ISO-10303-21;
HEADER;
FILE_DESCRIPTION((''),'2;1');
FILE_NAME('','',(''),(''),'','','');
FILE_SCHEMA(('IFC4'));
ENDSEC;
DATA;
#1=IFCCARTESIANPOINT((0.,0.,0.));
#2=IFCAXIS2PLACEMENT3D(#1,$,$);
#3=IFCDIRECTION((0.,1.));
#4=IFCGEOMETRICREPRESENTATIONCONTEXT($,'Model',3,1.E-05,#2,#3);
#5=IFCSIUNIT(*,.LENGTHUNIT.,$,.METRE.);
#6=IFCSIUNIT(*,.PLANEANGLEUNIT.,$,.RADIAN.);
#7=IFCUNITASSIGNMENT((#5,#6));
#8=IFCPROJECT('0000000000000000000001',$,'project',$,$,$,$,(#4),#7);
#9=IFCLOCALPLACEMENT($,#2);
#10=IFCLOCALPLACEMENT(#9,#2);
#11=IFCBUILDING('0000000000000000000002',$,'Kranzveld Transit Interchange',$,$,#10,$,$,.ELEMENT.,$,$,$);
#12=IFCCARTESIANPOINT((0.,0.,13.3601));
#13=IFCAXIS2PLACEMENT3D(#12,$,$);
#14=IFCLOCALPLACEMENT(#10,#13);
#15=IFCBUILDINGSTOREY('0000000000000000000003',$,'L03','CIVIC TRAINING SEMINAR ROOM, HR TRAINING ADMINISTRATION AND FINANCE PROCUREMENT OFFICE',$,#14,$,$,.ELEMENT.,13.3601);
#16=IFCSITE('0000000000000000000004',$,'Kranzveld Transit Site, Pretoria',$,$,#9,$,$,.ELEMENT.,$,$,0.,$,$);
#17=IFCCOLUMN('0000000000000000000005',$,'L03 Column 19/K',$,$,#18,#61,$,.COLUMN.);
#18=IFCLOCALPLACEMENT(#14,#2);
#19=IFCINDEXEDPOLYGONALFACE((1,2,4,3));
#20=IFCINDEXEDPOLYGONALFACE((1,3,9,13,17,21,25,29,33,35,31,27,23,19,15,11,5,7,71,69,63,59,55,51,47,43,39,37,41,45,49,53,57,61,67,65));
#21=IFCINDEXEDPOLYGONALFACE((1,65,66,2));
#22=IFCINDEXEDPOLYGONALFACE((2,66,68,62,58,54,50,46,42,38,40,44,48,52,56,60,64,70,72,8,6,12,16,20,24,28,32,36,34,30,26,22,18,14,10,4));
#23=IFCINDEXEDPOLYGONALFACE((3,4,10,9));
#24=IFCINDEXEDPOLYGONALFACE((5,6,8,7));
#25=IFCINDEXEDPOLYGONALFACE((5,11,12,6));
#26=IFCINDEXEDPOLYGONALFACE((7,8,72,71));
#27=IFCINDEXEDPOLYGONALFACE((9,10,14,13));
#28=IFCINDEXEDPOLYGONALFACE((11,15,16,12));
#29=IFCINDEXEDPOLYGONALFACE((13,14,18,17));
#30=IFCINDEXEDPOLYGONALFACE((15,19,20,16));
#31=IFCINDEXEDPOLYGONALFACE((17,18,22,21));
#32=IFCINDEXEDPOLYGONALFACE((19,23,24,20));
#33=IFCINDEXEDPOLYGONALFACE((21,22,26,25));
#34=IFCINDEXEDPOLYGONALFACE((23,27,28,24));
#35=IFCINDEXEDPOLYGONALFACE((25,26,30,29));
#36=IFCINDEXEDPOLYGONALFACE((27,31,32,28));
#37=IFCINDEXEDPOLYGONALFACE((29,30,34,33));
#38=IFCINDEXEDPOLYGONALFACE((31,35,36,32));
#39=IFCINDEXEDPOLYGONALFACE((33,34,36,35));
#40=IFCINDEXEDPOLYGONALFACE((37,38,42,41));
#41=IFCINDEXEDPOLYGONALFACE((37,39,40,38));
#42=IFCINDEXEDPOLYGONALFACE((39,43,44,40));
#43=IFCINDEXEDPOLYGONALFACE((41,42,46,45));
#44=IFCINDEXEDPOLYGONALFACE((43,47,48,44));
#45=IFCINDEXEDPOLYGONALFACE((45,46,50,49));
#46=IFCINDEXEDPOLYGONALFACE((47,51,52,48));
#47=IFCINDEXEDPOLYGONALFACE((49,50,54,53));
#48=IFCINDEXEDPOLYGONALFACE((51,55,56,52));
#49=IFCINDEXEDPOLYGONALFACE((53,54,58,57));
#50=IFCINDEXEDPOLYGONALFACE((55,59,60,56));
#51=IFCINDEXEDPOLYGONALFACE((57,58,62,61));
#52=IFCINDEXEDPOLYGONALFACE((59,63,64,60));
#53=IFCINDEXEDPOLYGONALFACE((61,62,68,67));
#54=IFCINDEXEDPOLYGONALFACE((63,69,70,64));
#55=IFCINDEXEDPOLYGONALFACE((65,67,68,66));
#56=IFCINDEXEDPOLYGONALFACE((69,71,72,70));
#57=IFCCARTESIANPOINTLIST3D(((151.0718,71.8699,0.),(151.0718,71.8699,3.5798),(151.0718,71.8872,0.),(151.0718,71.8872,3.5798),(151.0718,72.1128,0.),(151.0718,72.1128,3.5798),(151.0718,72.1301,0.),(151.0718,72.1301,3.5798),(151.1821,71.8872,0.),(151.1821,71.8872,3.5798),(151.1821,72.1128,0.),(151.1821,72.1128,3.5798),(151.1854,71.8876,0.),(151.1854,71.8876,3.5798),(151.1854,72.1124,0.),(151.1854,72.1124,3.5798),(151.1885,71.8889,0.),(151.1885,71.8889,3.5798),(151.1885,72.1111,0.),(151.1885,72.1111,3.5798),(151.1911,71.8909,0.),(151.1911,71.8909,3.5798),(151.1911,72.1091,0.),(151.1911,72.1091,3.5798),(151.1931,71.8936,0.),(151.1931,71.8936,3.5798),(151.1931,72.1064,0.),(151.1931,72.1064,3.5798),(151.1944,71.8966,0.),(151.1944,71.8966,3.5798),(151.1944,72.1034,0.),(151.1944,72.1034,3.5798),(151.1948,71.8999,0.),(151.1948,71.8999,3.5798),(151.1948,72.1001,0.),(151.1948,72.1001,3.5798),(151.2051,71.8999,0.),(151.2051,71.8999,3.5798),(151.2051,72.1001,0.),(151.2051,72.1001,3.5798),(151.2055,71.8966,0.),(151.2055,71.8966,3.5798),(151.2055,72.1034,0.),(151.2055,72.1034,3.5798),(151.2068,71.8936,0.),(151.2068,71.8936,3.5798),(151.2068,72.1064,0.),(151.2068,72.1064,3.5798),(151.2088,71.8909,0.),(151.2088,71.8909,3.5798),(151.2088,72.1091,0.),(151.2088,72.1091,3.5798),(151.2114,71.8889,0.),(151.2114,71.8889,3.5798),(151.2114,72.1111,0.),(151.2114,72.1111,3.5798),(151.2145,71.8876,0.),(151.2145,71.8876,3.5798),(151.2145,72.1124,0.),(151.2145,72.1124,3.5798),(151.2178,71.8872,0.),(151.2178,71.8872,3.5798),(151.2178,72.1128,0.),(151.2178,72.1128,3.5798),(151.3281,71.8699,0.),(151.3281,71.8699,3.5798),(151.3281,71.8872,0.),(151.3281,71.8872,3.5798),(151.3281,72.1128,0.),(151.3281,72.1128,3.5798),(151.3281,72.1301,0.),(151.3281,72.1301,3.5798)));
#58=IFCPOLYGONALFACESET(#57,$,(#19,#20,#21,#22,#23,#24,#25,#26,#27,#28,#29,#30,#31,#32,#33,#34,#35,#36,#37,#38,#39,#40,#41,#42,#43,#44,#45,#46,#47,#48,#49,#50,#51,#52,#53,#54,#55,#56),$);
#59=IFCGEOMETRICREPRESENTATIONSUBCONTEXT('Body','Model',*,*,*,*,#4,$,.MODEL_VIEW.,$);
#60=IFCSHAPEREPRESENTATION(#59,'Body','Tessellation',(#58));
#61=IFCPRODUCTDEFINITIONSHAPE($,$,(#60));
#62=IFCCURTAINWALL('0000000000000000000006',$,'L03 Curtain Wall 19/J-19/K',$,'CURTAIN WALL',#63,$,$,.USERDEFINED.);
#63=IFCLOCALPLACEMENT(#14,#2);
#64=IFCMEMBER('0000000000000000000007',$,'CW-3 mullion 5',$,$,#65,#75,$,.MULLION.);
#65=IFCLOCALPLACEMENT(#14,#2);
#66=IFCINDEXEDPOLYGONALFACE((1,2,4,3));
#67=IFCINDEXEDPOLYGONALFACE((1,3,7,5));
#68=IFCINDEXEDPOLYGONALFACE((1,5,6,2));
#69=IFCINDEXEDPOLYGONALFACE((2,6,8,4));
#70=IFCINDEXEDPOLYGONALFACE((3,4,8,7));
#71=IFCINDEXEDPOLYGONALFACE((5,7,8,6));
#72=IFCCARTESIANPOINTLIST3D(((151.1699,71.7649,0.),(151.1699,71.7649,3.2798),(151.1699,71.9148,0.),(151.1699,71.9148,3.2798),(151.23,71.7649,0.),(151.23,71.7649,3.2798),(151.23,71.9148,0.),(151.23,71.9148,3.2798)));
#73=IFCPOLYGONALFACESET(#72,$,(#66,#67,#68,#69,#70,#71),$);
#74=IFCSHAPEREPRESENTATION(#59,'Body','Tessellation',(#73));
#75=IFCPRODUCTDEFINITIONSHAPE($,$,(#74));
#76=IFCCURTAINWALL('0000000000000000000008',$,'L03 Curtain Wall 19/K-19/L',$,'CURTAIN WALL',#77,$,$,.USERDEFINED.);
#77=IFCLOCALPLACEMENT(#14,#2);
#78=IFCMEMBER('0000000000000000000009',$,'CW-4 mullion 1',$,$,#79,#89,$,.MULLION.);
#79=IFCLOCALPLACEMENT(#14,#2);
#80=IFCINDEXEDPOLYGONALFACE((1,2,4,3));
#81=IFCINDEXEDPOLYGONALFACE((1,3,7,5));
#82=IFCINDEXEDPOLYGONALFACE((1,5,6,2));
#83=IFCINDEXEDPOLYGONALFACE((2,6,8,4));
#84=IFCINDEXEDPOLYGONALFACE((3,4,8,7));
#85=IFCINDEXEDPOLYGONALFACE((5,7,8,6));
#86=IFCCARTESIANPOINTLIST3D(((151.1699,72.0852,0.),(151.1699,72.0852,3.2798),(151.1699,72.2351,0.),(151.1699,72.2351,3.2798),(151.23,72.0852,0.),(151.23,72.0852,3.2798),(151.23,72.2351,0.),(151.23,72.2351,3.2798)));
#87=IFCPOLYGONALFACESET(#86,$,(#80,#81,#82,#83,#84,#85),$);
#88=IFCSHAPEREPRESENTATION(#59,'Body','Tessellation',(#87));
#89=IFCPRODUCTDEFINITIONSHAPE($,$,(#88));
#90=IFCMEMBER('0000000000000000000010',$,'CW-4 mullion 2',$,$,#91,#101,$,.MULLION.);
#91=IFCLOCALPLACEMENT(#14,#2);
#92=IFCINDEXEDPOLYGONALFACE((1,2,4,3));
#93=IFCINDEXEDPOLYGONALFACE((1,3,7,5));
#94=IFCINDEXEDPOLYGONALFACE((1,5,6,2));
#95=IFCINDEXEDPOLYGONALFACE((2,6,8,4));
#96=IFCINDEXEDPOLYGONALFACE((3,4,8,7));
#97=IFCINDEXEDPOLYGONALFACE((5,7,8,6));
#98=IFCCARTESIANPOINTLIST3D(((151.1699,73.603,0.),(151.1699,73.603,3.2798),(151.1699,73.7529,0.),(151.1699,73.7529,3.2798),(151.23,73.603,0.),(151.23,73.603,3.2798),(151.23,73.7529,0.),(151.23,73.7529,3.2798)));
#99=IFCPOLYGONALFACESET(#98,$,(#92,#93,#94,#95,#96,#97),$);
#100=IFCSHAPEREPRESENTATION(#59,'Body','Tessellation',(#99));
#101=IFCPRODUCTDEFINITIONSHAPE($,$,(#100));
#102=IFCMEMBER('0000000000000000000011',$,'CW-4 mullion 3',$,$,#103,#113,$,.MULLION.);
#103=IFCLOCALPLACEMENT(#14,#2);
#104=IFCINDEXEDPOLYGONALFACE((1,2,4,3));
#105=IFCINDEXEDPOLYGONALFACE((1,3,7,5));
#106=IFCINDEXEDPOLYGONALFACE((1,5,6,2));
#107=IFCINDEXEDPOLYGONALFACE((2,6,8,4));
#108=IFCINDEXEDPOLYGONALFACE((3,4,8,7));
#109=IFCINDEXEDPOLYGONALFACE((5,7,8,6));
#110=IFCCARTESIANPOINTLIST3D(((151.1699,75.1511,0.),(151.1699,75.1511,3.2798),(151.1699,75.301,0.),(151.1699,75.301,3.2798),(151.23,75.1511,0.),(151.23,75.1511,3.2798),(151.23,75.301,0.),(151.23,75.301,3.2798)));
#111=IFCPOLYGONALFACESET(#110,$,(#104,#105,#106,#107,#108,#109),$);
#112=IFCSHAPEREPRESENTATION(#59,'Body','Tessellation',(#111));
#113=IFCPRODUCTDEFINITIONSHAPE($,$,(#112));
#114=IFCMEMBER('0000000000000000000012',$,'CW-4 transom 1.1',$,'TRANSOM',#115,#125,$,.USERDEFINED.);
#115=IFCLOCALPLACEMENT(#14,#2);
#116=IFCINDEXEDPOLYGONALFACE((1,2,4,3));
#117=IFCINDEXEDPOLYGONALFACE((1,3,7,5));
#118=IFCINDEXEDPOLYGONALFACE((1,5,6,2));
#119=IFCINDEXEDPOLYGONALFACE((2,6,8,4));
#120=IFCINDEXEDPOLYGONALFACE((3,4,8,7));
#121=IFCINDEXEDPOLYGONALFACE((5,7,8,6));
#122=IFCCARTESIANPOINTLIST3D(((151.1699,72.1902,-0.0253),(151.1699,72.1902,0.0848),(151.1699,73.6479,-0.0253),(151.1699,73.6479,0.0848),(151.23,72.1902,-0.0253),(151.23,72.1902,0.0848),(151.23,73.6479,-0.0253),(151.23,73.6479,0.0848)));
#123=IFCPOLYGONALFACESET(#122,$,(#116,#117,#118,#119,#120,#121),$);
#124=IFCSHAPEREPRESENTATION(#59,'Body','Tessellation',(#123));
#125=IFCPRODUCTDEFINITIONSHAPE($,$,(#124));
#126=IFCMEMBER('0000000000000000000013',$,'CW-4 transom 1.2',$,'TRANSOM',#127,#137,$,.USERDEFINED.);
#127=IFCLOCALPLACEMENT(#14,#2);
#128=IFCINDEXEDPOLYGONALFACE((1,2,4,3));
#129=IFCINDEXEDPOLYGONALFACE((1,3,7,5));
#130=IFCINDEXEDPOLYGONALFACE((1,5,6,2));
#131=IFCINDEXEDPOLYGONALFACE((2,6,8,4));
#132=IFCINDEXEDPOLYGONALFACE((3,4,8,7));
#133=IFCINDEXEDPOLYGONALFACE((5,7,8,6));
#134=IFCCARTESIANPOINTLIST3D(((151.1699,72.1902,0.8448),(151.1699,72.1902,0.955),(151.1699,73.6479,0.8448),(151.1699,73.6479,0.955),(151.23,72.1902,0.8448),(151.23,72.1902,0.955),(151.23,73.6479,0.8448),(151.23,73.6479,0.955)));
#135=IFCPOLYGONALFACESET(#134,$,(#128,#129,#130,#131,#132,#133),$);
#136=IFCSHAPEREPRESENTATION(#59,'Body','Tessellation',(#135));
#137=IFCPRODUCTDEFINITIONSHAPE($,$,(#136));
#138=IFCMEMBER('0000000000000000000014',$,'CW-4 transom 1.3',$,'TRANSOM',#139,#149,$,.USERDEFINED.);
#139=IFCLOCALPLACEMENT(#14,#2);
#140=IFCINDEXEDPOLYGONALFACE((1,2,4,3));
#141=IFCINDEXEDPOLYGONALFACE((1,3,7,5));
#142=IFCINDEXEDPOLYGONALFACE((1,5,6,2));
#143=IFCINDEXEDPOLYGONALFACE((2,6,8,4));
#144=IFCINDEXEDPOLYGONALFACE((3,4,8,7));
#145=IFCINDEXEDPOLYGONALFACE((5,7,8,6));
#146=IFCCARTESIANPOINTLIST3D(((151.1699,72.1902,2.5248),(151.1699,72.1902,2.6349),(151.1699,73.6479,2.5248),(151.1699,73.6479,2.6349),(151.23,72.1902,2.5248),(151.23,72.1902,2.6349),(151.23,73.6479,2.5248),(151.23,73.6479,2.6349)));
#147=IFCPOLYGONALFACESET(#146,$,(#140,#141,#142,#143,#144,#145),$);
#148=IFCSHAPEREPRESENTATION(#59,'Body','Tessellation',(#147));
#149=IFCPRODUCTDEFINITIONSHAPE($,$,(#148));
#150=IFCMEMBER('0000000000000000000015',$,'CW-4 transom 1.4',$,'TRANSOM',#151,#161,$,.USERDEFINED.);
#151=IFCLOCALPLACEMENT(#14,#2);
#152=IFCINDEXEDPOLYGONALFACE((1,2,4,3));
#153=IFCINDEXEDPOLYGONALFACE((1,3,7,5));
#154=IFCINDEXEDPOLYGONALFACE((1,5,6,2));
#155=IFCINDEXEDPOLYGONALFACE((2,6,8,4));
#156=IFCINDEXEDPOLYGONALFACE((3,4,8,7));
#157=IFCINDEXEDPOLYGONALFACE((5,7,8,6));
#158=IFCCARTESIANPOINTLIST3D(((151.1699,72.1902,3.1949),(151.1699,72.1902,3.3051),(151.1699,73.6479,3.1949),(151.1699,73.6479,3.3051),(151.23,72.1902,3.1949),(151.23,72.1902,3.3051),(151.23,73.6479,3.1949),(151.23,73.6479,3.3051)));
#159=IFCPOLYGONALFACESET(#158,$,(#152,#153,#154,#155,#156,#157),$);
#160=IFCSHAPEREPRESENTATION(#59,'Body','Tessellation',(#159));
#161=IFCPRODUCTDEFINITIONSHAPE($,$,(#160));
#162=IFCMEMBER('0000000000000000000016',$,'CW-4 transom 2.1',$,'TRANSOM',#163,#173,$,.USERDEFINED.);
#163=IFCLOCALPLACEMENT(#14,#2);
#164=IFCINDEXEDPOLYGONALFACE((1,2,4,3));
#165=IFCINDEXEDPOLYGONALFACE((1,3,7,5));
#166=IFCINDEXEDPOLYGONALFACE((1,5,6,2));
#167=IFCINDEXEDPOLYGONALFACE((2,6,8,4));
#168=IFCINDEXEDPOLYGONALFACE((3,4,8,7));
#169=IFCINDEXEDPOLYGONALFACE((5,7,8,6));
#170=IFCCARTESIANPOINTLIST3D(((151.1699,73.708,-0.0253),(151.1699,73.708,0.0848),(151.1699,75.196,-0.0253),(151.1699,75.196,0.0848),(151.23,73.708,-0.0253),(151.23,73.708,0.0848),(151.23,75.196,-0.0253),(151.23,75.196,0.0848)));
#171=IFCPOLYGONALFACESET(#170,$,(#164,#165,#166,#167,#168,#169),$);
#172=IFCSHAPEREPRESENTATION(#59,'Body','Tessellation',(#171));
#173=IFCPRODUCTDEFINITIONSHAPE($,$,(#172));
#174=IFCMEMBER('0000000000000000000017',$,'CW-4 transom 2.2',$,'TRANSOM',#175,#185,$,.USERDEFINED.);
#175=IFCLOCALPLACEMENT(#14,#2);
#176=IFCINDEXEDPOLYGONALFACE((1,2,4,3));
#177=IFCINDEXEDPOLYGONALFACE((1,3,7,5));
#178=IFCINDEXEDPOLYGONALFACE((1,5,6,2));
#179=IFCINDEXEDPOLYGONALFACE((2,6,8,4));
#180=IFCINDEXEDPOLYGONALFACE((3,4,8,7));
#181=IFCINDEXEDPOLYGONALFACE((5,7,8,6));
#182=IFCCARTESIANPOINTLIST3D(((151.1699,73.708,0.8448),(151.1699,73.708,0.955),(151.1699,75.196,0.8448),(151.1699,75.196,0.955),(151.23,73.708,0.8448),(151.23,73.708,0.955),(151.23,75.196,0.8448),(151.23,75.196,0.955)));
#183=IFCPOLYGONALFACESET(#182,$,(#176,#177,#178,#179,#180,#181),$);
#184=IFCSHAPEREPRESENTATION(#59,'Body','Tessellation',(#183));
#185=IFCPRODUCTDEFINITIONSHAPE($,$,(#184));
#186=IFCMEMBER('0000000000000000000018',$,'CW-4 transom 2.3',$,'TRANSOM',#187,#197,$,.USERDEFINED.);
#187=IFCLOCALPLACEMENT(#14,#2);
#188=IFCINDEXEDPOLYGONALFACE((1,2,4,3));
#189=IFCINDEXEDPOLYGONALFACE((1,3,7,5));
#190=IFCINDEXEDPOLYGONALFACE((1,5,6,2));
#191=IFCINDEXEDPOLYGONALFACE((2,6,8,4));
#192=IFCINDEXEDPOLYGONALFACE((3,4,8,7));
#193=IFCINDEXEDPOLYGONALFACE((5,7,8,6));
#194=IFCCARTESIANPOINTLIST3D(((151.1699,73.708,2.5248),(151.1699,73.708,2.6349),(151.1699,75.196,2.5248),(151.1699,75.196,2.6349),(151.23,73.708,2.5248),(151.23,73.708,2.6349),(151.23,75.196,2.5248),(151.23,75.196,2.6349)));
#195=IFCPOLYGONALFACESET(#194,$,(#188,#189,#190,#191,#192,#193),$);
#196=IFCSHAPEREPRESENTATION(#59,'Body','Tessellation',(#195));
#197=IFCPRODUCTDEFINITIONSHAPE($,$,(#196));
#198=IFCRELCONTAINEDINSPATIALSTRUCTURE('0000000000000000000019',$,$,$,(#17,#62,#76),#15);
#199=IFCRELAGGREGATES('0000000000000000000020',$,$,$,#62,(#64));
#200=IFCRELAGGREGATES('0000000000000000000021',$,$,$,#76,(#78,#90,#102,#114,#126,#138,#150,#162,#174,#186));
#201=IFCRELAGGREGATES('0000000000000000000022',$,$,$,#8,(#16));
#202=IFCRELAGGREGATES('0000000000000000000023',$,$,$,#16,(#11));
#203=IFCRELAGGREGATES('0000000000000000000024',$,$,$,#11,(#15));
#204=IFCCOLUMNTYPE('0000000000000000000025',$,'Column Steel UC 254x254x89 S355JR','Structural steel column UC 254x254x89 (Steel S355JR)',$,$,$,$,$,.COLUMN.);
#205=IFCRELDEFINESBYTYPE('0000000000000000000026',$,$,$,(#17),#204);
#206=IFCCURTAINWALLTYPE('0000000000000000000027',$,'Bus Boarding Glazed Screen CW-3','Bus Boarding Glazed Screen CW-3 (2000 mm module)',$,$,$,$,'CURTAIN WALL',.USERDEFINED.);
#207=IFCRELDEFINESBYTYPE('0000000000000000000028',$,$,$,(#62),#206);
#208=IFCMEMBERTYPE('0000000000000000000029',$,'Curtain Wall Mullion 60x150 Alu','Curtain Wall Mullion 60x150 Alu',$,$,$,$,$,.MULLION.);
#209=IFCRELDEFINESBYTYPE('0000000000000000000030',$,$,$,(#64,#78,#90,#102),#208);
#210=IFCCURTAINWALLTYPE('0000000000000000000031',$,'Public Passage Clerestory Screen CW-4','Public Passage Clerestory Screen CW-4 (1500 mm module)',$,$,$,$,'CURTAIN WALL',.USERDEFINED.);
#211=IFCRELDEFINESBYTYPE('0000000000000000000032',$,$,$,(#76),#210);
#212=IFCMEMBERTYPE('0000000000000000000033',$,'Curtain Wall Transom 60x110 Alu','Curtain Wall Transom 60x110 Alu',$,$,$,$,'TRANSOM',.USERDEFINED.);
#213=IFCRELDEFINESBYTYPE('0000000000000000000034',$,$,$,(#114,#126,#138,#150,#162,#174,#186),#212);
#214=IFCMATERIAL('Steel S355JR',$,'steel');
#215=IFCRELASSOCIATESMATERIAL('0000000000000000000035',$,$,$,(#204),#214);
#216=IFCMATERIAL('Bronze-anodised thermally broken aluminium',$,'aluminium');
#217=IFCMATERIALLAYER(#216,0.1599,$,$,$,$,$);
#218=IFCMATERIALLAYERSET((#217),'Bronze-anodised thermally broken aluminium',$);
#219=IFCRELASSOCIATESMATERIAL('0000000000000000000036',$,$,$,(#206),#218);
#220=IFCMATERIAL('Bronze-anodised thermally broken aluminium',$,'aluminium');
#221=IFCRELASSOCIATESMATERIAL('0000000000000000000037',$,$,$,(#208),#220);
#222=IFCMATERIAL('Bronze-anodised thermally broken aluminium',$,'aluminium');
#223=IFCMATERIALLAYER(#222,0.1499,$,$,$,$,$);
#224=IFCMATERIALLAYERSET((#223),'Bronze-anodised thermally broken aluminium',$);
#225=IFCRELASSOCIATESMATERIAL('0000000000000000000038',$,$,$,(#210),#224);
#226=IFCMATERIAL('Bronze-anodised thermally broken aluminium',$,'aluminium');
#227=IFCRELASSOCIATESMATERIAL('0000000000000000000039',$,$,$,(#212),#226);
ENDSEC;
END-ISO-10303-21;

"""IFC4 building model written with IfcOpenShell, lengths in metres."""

from ifc_helpers import new_model, si_unit, direction, frame, origin, origin_2d, place, context, subcontext, project, spatial, rectangle, i_section, extrude, material, layer, layer_set, material_profile, profile_set, type_object, element, aggregate, save


model = new_model("IFC4")

# Units and contexts
model_context = context("Model", 3, precision=1e-05, world=origin(), true_north=direction((0.0, 1.0)))
body_context = subcontext(model_context, "Body", "Model", "MODEL_VIEW")
ifc_project = project(units=[si_unit("LENGTHUNIT", "METRE"), si_unit("PLANEANGLEUNIT", "RADIAN")], contexts=[model_context])

# Site, building, storey
site_placement = place(None, origin())
site = spatial("IfcSite", under=ifc_project, at=site_placement, Name="Kranzveld Transit Site, Pretoria", CompositionType="ELEMENT", RefElevation=0.0)
building_placement = place(site_placement, origin())
building = spatial("IfcBuilding", under=site, at=building_placement, Name="Kranzveld Transit Interchange", CompositionType="ELEMENT")
storey_placement = place(building_placement, frame((0.0, 0.0, 13.3601)))
storey = spatial("IfcBuildingStorey", under=building, at=storey_placement, Name="L03", Description="CIVIC TRAINING SEMINAR ROOM, HR TRAINING ADMINISTRATION AND FINANCE PROCUREMENT OFFICE", CompositionType="ELEMENT", Elevation=13.3601)

# Column
ifc_material_1 = material(Name="Steel S355JR", Category="steel")
ifc_material_profile_1 = material_profile(ifc_material_1, i_section(OverallWidth=0.2563, OverallDepth=0.2603, WebThickness=0.0103, FlangeThickness=0.0173, FilletRadius=0.0127, at=origin_2d()), Name="UC 254x254x89")
ifc_profile_set_1 = profile_set([ifc_material_profile_1], Name="Steel S355JR")
column_type = type_object("IfcColumnType", Name="Column Steel UC 254x254x89 S355JR", Description="Structural steel column UC 254x254x89 (Steel S355JR)", PredefinedType="COLUMN", material=ifc_profile_set_1)
column_placement = place(storey_placement, frame((151.2, 72.0, 0.0), z_axis=(0.0, 0.0, 1.0), x_axis=(1.0, 0.0, 0.0)))
element("IfcColumn", 1, at=column_placement, inside=storey, type_object=column_type, Name="L03 Column 19/K", PredefinedType="COLUMN", context=body_context, shape_type="SweptSolid", body=[
    extrude(i_section(OverallWidth=0.2563, OverallDepth=0.2603, WebThickness=0.0103, FlangeThickness=0.0173, FilletRadius=0.0127, at=origin_2d()), origin(), (0.0, 0.0, 1.0), 3.5798),
])

# Curtain wall, member
ifc_material_2 = material(Name="Bronze-anodised thermally broken aluminium", Category="aluminium")
ifc_layer_1 = layer(ifc_material_2, 0.1599)
ifc_layer_set_1 = layer_set([ifc_layer_1], Name="Bronze-anodised thermally broken aluminium")
curtain_wall_type_1 = type_object("IfcCurtainWallType", Name="Bus Boarding Glazed Screen CW-3", Description="Bus Boarding Glazed Screen CW-3 (2000 mm module)", ElementType="CURTAIN WALL", PredefinedType="USERDEFINED", material=ifc_layer_set_1)
curtain_wall_1_placement = place(storey_placement, origin())
curtain_wall_1 = element("IfcCurtainWall", 2, at=curtain_wall_1_placement, inside=storey, type_object=curtain_wall_type_1, Name="L03 Curtain Wall 19/J-19/K", ObjectType="CURTAIN WALL", PredefinedType="USERDEFINED")
ifc_material_3 = material(Name="Bronze-anodised thermally broken aluminium", Category="aluminium")
ifc_material_profile_2 = material_profile(ifc_material_3, rectangle(XDim=0.0601, YDim=0.1499, at=origin_2d()), Name="ALU MULLION 60x150")
ifc_profile_set_2 = profile_set([ifc_material_profile_2], Name="Bronze-anodised thermally broken aluminium")
member_type_1 = type_object("IfcMemberType", Name="Curtain Wall Mullion 60x150 Alu", Description="Curtain Wall Mullion 60x150 Alu", PredefinedType="MULLION", material=ifc_profile_set_2)
member_1_placement = place(storey_placement, frame((151.2, 71.8398, 0.0), z_axis=(0.0, 0.0, 1.0), x_axis=(-1.0, 0.0, 0.0)))
member_1 = element("IfcMember", 3, at=member_1_placement, type_object=member_type_1, Name="CW-3 mullion 5", PredefinedType="MULLION", context=body_context, shape_type="SweptSolid", body=[
    extrude(rectangle(XDim=0.0601, YDim=0.1499, at=origin_2d()), origin(), (0.0, 0.0, 1.0), 3.2798),
])

# Curtain wall, members
ifc_material_4 = material(Name="Bronze-anodised thermally broken aluminium", Category="aluminium")
ifc_layer_2 = layer(ifc_material_4, 0.1499)
ifc_layer_set_2 = layer_set([ifc_layer_2], Name="Bronze-anodised thermally broken aluminium")
curtain_wall_type_2 = type_object("IfcCurtainWallType", Name="Public Passage Clerestory Screen CW-4", Description="Public Passage Clerestory Screen CW-4 (1500 mm module)", ElementType="CURTAIN WALL", PredefinedType="USERDEFINED", material=ifc_layer_set_2)
curtain_wall_2_placement = place(storey_placement, origin())
curtain_wall_2 = element("IfcCurtainWall", 4, at=curtain_wall_2_placement, inside=storey, type_object=curtain_wall_type_2, Name="L03 Curtain Wall 19/K-19/L", ObjectType="CURTAIN WALL", PredefinedType="USERDEFINED")
member_2_placement = place(storey_placement, frame((151.2, 72.1602, 0.0), z_axis=(0.0, 0.0, 1.0), x_axis=(-1.0, 0.0, 0.0)))
member_2 = element("IfcMember", 5, at=member_2_placement, type_object=member_type_1, Name="CW-4 mullion 1", PredefinedType="MULLION", context=body_context, shape_type="SweptSolid", body=[
    extrude(rectangle(XDim=0.0601, YDim=0.1499, at=origin_2d()), origin(), (0.0, 0.0, 1.0), 3.2798),
])
member_3_placement = place(storey_placement, frame((151.2, 73.678, 0.0), z_axis=(0.0, 0.0, 1.0), x_axis=(-1.0, 0.0, 0.0)))
member_3 = element("IfcMember", 6, at=member_3_placement, type_object=member_type_1, Name="CW-4 mullion 2", PredefinedType="MULLION", context=body_context, shape_type="SweptSolid", body=[
    extrude(rectangle(XDim=0.0601, YDim=0.1499, at=origin_2d()), origin(), (0.0, 0.0, 1.0), 3.2798),
])
member_4_placement = place(storey_placement, frame((151.2, 75.2261, 0.0), z_axis=(0.0, 0.0, 1.0), x_axis=(-1.0, 0.0, 0.0)))
member_4 = element("IfcMember", 7, at=member_4_placement, type_object=member_type_1, Name="CW-4 mullion 3", PredefinedType="MULLION", context=body_context, shape_type="SweptSolid", body=[
    extrude(rectangle(XDim=0.0601, YDim=0.1499, at=origin_2d()), origin(), (0.0, 0.0, 1.0), 3.2798),
])
ifc_material_5 = material(Name="Bronze-anodised thermally broken aluminium", Category="aluminium")
ifc_material_profile_3 = material_profile(ifc_material_5, rectangle(XDim=0.0601, YDim=0.1101, at=origin_2d()), Name="ALU TRANSOM 60x110")
ifc_profile_set_3 = profile_set([ifc_material_profile_3], Name="Bronze-anodised thermally broken aluminium")
member_type_2 = type_object("IfcMemberType", Name="Curtain Wall Transom 60x110 Alu", Description="Curtain Wall Transom 60x110 Alu", ElementType="TRANSOM", PredefinedType="USERDEFINED", material=ifc_profile_set_3)
member_5_placement = place(storey_placement, frame((151.2, 72.1902, 0.0298), z_axis=(0.0, 1.0, 0.0), x_axis=(-1.0, 0.0, 0.0)))
member_5 = element("IfcMember", 8, at=member_5_placement, type_object=member_type_2, Name="CW-4 transom 1.1", ObjectType="TRANSOM", PredefinedType="USERDEFINED", context=body_context, shape_type="SweptSolid", body=[
    extrude(rectangle(XDim=0.0601, YDim=0.1101, at=origin_2d()), origin(), (0.0, 0.0, 1.0), 1.4578),
])
member_6_placement = place(storey_placement, frame((151.2, 72.1902, 0.8999), z_axis=(0.0, 1.0, 0.0), x_axis=(-1.0, 0.0, 0.0)))
member_6 = element("IfcMember", 9, at=member_6_placement, type_object=member_type_2, Name="CW-4 transom 1.2", ObjectType="TRANSOM", PredefinedType="USERDEFINED", context=body_context, shape_type="SweptSolid", body=[
    extrude(rectangle(XDim=0.0601, YDim=0.1101, at=origin_2d()), origin(), (0.0, 0.0, 1.0), 1.4578),
])
member_7_placement = place(storey_placement, frame((151.2, 72.1902, 2.5798), z_axis=(0.0, 1.0, 0.0), x_axis=(-1.0, 0.0, 0.0)))
member_7 = element("IfcMember", 10, at=member_7_placement, type_object=member_type_2, Name="CW-4 transom 1.3", ObjectType="TRANSOM", PredefinedType="USERDEFINED", context=body_context, shape_type="SweptSolid", body=[
    extrude(rectangle(XDim=0.0601, YDim=0.1101, at=origin_2d()), origin(), (0.0, 0.0, 1.0), 1.4578),
])
member_8_placement = place(storey_placement, frame((151.2, 72.1902, 3.25), z_axis=(0.0, 1.0, 0.0), x_axis=(-1.0, 0.0, 0.0)))
member_8 = element("IfcMember", 11, at=member_8_placement, type_object=member_type_2, Name="CW-4 transom 1.4", ObjectType="TRANSOM", PredefinedType="USERDEFINED", context=body_context, shape_type="SweptSolid", body=[
    extrude(rectangle(XDim=0.0601, YDim=0.1101, at=origin_2d()), origin(), (0.0, 0.0, 1.0), 1.4578),
])
member_9_placement = place(storey_placement, frame((151.2, 73.708, 0.0298), z_axis=(0.0, 1.0, 0.0), x_axis=(-1.0, 0.0, 0.0)))
member_9 = element("IfcMember", 12, at=member_9_placement, type_object=member_type_2, Name="CW-4 transom 2.1", ObjectType="TRANSOM", PredefinedType="USERDEFINED", context=body_context, shape_type="SweptSolid", body=[
    extrude(rectangle(XDim=0.0601, YDim=0.1101, at=origin_2d()), origin(), (0.0, 0.0, 1.0), 1.488),
])
member_10_placement = place(storey_placement, frame((151.2, 73.708, 0.8999), z_axis=(0.0, 1.0, 0.0), x_axis=(-1.0, 0.0, 0.0)))
member_10 = element("IfcMember", 13, at=member_10_placement, type_object=member_type_2, Name="CW-4 transom 2.2", ObjectType="TRANSOM", PredefinedType="USERDEFINED", context=body_context, shape_type="SweptSolid", body=[
    extrude(rectangle(XDim=0.0601, YDim=0.1101, at=origin_2d()), origin(), (0.0, 0.0, 1.0), 1.488),
])
member_11_placement = place(storey_placement, frame((151.2, 73.708, 2.5798), z_axis=(0.0, 1.0, 0.0), x_axis=(-1.0, 0.0, 0.0)))
member_11 = element("IfcMember", 14, at=member_11_placement, type_object=member_type_2, Name="CW-4 transom 2.3", ObjectType="TRANSOM", PredefinedType="USERDEFINED", context=body_context, shape_type="SweptSolid", body=[
    extrude(rectangle(XDim=0.0601, YDim=0.1101, at=origin_2d()), origin(), (0.0, 0.0, 1.0), 1.488),
])

aggregate(curtain_wall_1, [member_1])
aggregate(curtain_wall_2, [member_2, member_3, member_4, member_5, member_6, member_7, member_8, member_9, member_10, member_11])

save(model, "model.ifc")
